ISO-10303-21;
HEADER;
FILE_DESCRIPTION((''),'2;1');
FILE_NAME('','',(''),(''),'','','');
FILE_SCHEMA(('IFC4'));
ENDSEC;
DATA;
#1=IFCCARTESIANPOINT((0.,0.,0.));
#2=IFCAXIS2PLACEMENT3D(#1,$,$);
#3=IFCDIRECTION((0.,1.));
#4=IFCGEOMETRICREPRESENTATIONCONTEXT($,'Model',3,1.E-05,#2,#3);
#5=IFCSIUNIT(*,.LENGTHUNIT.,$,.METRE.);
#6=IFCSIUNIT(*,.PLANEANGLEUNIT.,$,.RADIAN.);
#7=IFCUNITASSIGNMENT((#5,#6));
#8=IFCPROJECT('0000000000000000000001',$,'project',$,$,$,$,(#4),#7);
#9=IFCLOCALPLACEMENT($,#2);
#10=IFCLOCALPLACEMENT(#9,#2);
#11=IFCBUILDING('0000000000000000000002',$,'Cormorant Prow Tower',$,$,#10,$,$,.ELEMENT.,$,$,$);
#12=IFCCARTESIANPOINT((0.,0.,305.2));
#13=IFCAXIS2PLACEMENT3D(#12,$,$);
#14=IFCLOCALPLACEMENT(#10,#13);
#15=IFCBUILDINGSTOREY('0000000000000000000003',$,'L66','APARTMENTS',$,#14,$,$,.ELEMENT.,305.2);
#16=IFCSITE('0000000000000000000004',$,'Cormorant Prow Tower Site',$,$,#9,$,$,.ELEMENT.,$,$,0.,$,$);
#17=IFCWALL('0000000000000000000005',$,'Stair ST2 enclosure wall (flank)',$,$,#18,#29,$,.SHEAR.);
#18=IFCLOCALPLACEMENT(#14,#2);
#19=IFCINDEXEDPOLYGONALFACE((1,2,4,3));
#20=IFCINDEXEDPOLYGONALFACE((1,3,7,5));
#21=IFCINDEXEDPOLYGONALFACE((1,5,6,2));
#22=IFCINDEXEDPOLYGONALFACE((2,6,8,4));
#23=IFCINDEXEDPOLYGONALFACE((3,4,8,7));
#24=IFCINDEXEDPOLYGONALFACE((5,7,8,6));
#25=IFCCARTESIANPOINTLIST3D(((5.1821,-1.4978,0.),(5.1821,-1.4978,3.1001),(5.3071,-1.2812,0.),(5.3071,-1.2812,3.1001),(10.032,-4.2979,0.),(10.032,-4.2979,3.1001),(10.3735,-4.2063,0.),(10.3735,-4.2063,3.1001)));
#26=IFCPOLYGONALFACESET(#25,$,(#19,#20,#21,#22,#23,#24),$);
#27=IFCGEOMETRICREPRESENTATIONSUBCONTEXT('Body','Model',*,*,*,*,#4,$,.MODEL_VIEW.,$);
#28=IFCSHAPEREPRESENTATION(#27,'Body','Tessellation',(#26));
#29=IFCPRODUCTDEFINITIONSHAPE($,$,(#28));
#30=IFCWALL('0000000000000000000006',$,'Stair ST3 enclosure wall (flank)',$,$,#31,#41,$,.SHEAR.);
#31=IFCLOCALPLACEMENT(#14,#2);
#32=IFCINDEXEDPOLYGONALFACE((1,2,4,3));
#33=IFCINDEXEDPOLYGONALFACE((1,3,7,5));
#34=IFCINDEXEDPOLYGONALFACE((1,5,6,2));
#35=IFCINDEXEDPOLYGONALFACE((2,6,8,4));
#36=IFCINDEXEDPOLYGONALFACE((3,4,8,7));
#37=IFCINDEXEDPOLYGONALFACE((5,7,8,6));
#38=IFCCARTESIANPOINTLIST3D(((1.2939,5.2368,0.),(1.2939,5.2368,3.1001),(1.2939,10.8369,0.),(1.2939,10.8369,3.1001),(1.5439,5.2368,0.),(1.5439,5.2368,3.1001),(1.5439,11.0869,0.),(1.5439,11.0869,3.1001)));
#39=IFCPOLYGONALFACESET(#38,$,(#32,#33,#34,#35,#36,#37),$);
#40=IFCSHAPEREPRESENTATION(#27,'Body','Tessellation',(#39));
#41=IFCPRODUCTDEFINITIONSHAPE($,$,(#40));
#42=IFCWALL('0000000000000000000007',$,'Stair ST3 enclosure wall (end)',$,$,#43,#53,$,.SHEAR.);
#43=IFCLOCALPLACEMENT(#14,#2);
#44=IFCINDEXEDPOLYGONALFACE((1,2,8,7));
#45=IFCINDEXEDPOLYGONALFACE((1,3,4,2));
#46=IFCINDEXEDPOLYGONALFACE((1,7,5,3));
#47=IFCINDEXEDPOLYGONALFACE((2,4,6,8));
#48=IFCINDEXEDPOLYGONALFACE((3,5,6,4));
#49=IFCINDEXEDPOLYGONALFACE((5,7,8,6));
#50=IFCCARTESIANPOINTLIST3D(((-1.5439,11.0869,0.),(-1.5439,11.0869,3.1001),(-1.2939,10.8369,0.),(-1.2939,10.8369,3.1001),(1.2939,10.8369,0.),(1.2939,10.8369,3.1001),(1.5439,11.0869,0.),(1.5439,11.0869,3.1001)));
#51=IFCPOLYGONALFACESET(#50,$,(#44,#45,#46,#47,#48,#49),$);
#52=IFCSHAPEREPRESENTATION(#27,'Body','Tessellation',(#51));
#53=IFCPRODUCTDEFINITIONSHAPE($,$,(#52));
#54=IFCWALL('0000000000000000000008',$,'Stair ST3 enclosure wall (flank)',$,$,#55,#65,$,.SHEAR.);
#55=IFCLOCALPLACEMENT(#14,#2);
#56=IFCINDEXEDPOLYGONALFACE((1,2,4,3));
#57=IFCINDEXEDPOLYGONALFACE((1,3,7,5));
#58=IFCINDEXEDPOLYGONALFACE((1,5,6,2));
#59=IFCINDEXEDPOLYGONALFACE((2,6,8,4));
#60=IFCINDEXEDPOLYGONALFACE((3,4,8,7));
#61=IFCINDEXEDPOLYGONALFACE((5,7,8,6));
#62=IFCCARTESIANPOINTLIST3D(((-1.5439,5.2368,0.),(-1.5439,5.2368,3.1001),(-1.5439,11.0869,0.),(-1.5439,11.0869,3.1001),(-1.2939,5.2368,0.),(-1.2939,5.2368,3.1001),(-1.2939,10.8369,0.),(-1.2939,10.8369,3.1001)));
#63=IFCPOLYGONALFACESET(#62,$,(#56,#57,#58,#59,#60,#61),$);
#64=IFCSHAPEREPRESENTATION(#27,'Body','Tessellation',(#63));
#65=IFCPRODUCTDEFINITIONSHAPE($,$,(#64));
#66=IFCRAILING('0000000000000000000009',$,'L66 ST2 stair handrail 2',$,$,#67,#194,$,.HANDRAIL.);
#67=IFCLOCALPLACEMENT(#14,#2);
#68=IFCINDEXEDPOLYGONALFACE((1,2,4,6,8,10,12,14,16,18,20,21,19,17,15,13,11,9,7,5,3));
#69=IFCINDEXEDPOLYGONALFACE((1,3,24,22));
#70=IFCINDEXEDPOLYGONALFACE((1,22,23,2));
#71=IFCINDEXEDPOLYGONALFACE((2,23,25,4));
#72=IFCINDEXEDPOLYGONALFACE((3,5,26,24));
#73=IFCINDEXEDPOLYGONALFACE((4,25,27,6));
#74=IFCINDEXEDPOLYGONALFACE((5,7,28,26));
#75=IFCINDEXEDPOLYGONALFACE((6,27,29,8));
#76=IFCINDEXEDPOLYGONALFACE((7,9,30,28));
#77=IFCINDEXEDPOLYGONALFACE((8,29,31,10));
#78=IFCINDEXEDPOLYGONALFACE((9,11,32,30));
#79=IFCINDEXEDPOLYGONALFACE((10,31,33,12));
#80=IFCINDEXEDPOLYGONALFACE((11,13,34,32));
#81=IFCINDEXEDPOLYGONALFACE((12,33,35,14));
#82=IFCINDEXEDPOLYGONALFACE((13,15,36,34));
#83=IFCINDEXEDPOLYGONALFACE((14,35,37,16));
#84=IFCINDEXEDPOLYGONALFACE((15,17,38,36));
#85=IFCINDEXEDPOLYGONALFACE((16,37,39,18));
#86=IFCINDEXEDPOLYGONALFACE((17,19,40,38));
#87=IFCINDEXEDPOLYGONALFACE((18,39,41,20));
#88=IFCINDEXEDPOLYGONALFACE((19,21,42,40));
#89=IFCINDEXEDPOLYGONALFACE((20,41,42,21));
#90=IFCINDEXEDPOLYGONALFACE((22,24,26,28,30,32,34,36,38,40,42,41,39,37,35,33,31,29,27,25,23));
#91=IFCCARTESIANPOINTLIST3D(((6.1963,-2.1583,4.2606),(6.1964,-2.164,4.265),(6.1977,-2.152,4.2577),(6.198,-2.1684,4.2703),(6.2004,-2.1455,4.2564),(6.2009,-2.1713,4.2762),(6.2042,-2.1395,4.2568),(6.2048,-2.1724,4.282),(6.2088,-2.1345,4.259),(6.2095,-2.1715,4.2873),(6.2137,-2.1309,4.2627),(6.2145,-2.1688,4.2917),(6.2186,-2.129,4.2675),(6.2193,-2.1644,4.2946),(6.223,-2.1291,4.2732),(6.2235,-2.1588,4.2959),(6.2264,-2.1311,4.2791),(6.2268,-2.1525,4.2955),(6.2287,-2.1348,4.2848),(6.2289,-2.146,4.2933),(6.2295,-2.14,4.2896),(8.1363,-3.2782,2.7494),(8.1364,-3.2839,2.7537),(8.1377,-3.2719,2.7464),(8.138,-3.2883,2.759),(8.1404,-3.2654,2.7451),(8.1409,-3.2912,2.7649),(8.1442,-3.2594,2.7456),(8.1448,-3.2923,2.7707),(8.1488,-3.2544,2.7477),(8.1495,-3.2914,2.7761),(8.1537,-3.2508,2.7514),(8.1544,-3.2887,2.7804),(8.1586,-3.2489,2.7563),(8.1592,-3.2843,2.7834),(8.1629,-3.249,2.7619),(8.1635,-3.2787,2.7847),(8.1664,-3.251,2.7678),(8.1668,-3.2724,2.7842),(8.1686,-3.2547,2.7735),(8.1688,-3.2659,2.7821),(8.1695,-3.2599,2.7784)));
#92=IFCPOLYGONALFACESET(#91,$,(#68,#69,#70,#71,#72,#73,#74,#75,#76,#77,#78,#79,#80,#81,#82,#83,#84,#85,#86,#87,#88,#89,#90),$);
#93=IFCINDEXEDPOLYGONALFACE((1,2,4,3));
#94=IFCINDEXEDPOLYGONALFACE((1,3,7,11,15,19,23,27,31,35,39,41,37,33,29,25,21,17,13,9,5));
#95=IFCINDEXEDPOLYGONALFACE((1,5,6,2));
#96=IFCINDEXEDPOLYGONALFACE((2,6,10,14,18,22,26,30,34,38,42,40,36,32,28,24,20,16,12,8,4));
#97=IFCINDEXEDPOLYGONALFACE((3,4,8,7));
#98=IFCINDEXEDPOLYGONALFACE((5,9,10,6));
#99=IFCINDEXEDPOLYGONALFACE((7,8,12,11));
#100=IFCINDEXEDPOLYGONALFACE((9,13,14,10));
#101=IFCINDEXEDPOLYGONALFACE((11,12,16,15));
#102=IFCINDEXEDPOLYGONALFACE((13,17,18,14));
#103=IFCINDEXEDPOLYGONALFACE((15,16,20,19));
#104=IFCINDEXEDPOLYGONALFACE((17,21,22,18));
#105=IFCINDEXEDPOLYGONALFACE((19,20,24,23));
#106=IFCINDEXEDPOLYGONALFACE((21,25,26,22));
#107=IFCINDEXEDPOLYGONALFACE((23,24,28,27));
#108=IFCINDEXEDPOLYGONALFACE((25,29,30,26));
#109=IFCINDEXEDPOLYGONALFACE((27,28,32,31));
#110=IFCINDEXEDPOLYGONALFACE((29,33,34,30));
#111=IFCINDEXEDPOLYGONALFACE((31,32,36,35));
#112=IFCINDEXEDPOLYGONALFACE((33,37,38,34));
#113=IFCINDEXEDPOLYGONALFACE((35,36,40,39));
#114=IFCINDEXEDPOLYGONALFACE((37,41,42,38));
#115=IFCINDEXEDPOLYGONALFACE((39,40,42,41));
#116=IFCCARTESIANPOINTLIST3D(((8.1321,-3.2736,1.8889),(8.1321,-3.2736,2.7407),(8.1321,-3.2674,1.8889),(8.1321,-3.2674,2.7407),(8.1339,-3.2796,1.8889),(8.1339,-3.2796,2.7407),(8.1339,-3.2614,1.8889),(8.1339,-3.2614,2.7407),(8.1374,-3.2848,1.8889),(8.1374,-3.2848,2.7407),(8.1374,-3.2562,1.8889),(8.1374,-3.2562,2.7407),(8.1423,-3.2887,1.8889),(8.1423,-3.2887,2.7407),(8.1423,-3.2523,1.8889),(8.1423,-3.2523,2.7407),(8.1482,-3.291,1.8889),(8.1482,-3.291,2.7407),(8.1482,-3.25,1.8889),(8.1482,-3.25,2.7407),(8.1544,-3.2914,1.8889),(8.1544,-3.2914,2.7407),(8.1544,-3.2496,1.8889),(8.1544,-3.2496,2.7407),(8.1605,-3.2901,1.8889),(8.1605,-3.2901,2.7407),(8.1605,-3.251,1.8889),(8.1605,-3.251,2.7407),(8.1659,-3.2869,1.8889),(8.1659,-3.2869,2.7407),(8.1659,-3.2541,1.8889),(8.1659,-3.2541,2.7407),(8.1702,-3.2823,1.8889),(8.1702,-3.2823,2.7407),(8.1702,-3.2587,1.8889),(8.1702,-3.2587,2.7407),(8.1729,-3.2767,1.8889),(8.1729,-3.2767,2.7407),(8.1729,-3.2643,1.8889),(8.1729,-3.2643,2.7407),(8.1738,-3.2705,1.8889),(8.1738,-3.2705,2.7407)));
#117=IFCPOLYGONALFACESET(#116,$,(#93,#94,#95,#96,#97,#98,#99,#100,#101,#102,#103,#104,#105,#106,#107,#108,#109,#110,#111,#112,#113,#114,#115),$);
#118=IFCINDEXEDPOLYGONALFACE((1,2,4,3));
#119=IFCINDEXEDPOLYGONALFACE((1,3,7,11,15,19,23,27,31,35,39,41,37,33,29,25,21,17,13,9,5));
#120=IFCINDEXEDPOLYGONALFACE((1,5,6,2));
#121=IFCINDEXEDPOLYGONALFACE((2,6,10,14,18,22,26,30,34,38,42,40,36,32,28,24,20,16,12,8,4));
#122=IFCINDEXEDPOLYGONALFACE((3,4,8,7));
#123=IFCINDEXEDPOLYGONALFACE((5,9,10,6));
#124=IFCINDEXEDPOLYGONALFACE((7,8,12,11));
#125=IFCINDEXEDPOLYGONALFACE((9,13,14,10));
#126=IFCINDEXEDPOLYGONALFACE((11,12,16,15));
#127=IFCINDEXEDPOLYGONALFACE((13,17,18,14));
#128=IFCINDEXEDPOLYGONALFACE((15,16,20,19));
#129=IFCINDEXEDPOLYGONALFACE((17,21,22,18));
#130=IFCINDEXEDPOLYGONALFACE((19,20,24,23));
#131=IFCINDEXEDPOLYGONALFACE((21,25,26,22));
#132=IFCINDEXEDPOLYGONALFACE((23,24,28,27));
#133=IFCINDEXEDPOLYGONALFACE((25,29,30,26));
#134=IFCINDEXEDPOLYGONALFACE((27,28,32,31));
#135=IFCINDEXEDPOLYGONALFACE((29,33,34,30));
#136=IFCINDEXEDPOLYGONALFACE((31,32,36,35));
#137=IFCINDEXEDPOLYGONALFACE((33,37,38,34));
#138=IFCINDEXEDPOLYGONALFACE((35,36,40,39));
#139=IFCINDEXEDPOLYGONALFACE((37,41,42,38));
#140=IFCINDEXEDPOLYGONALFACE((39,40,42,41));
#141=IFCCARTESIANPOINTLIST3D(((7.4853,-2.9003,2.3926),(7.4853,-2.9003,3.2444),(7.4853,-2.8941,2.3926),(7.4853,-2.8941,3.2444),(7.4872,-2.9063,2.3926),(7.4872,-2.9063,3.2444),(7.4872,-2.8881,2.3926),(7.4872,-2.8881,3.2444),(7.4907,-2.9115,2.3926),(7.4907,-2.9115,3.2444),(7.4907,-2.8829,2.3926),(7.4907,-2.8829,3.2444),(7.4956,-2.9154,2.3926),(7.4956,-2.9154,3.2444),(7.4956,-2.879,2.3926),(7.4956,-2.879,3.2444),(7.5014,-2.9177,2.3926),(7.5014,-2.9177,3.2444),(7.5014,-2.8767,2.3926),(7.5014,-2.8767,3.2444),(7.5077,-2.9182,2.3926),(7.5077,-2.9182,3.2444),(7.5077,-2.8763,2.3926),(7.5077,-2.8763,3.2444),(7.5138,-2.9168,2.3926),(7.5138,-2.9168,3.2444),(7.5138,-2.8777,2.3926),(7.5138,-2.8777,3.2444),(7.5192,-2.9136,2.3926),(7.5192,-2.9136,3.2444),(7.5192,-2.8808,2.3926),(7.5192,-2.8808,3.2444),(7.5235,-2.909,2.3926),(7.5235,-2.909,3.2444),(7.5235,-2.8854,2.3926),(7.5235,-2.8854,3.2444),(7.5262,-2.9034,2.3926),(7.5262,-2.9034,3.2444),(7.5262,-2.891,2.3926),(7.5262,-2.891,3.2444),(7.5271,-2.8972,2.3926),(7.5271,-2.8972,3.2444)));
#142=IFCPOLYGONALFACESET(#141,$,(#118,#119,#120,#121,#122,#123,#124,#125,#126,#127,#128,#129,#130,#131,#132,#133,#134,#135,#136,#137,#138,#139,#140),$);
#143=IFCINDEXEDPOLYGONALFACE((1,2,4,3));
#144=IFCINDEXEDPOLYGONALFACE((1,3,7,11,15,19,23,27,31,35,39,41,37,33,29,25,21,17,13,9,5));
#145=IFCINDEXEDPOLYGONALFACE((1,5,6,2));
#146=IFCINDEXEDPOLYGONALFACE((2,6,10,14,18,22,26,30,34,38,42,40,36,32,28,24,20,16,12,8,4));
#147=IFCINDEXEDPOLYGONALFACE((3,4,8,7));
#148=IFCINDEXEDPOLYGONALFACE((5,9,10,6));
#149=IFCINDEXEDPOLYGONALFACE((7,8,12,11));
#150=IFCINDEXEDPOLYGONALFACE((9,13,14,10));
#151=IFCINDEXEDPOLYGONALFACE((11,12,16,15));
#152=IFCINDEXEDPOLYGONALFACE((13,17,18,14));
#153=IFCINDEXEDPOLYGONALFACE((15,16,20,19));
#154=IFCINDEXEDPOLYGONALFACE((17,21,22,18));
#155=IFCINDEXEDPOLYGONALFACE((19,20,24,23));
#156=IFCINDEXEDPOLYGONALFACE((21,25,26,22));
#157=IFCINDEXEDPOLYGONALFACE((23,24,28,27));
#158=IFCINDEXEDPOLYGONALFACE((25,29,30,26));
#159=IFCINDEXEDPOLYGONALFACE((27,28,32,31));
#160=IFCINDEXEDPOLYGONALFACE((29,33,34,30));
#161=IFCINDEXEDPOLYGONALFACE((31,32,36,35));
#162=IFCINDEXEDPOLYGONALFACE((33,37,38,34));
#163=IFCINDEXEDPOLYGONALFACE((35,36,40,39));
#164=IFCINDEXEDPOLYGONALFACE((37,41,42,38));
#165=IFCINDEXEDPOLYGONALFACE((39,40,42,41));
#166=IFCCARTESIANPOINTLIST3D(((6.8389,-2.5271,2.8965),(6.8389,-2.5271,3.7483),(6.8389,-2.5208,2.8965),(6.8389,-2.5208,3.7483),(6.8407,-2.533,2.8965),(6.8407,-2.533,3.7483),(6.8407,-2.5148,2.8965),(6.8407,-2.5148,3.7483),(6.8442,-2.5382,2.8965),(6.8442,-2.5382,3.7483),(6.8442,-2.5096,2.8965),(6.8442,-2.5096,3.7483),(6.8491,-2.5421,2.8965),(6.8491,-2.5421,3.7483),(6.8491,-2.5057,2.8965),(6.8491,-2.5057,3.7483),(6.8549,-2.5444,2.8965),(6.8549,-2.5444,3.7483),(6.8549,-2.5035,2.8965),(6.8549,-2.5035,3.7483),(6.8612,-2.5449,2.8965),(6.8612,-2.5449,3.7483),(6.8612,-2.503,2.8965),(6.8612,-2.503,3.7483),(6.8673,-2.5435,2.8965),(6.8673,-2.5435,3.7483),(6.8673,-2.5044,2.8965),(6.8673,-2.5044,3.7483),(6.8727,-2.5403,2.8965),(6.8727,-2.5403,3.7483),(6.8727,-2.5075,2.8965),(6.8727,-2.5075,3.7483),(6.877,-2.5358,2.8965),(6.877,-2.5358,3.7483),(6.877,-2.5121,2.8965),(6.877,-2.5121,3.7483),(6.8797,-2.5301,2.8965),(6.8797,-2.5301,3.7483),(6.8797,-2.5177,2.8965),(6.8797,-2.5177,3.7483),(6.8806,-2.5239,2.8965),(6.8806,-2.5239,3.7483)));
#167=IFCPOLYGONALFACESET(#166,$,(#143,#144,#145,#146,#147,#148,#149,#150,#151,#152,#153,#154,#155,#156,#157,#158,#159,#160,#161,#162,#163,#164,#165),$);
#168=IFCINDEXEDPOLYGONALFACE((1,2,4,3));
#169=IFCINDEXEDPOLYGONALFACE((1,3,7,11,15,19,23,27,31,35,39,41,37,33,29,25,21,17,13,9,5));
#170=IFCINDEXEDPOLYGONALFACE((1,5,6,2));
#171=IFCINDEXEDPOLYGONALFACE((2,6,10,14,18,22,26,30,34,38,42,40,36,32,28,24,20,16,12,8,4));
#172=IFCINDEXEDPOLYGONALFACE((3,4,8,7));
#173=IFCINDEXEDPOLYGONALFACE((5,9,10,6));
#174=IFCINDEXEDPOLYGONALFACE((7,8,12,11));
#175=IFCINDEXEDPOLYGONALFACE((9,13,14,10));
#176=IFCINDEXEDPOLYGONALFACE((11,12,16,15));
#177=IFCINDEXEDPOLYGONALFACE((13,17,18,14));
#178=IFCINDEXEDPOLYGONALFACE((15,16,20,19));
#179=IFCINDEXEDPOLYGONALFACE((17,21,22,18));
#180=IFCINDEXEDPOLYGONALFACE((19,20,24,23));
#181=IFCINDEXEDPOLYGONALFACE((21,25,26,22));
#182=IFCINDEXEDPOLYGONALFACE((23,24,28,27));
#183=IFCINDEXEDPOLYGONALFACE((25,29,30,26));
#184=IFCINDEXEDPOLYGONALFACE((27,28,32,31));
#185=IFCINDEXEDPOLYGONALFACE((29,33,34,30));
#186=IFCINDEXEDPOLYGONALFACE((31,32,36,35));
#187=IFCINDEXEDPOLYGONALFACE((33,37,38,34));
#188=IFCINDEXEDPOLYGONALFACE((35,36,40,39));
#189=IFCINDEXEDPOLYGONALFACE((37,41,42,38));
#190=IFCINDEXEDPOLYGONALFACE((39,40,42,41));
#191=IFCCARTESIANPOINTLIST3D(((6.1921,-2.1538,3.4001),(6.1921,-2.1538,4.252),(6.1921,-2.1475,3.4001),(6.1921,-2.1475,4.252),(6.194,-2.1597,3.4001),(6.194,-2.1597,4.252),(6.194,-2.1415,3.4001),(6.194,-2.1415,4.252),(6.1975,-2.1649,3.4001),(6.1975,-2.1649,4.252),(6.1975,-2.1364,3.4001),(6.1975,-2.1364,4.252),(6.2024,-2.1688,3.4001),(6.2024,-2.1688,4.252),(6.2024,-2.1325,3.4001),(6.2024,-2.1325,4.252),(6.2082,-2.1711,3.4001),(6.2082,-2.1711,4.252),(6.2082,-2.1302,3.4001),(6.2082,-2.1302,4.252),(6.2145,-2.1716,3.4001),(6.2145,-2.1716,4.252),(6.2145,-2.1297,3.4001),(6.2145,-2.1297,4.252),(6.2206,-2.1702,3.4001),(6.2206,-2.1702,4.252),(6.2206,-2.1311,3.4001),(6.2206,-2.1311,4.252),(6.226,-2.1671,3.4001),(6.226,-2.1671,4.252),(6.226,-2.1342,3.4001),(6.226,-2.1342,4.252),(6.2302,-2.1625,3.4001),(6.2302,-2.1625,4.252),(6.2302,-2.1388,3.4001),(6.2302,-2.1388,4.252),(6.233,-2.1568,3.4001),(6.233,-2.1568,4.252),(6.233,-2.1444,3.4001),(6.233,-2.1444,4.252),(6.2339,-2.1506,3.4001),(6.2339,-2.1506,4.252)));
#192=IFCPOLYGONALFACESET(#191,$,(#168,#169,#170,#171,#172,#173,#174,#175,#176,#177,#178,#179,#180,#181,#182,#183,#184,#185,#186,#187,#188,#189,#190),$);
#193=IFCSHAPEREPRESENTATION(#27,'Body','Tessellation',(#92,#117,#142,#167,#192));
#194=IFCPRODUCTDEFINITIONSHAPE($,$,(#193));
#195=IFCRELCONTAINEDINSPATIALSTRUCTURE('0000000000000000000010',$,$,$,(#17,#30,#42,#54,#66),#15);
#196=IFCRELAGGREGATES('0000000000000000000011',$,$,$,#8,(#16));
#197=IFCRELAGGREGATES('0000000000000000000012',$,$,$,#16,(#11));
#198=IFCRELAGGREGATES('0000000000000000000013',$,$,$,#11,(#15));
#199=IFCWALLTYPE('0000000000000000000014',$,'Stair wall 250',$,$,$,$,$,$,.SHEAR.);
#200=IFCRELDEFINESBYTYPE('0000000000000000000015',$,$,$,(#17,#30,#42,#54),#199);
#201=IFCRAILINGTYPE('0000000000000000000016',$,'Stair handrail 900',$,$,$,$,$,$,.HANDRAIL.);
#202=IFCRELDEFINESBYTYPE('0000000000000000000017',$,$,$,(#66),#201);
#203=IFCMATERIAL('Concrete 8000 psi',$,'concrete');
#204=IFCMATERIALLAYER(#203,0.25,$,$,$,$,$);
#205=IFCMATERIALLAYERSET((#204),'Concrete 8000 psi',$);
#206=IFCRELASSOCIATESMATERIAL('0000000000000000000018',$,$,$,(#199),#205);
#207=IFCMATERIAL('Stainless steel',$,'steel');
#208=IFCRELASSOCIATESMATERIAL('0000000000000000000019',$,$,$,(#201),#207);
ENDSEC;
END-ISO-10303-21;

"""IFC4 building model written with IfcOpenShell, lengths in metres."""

from ifc_helpers import new_model, si_unit, direction, frame, origin, origin_2d, place, context, subcontext, project, spatial, polyline, circle, outline, extrude, material, layer, layer_set, type_object, element, save


model = new_model("IFC4")

# Units and contexts
model_context = context("Model", 3, precision=1e-05, world=origin(), true_north=direction((0.0, 1.0)))
body_context = subcontext(model_context, "Body", "Model", "MODEL_VIEW")
ifc_project = project(units=[si_unit("LENGTHUNIT", "METRE"), si_unit("PLANEANGLEUNIT", "RADIAN")], contexts=[model_context])

# Site, building, storey
site_placement = place(None, origin())
site = spatial("IfcSite", under=ifc_project, at=site_placement, Name="Cormorant Prow Tower Site", CompositionType="ELEMENT", RefElevation=0.0)
building_placement = place(site_placement, origin())
building = spatial("IfcBuilding", under=site, at=building_placement, Name="Cormorant Prow Tower", CompositionType="ELEMENT")
storey_placement = place(building_placement, frame((0.0, 0.0, 305.2)))
storey = spatial("IfcBuildingStorey", under=building, at=storey_placement, Name="L66", Description="APARTMENTS", CompositionType="ELEMENT", Elevation=305.2)

# Walls
ifc_material_1 = material(Name="Concrete 8000 psi", Category="concrete")
ifc_layer_1 = layer(ifc_material_1, 0.25)
ifc_layer_set_1 = layer_set([ifc_layer_1], Name="Concrete 8000 psi")
wall_type_1 = type_object("IfcWallType", Name="Stair wall 250", PredefinedType="SHEAR", material=ifc_layer_set_1)
wall_1_placement = place(storey_placement, origin())
element("IfcWall", 1, at=wall_1_placement, inside=storey, type_object=wall_type_1, Name="Stair ST2 enclosure wall (flank)", PredefinedType="SHEAR", context=body_context, shape_type="SweptSolid", body=[
    extrude(outline(polyline([(10.032, -4.2979), (10.3735, -4.2063), (5.3071, -1.2812), (5.1821, -1.4978), (10.032, -4.2979)])), origin(), (0.0, 0.0, 1.0), 3.1001),
])
wall_2_placement = place(storey_placement, origin())
element("IfcWall", 2, at=wall_2_placement, inside=storey, type_object=wall_type_1, Name="Stair ST3 enclosure wall (flank)", PredefinedType="SHEAR", context=body_context, shape_type="SweptSolid", body=[
    extrude(outline(polyline([(1.5439, 5.2368), (1.5439, 11.0869), (1.2939, 10.8369), (1.2939, 5.2368), (1.5439, 5.2368)])), origin(), (0.0, 0.0, 1.0), 3.1001),
])
wall_3_placement = place(storey_placement, origin())
element("IfcWall", 3, at=wall_3_placement, inside=storey, type_object=wall_type_1, Name="Stair ST3 enclosure wall (end)", PredefinedType="SHEAR", context=body_context, shape_type="SweptSolid", body=[
    extrude(outline(polyline([(1.5439, 11.0869), (-1.5439, 11.0869), (-1.2939, 10.8369), (1.2939, 10.8369), (1.5439, 11.0869)])), origin(), (0.0, 0.0, 1.0), 3.1001),
])
wall_4_placement = place(storey_placement, origin())
element("IfcWall", 4, at=wall_4_placement, inside=storey, type_object=wall_type_1, Name="Stair ST3 enclosure wall (flank)", PredefinedType="SHEAR", context=body_context, shape_type="SweptSolid", body=[
    extrude(outline(polyline([(-1.2939, 10.8369), (-1.5439, 11.0869), (-1.5439, 5.2368), (-1.2939, 5.2368), (-1.2939, 10.8369)])), origin(), (0.0, 0.0, 1.0), 3.1001),
])

# Railing
ifc_material_2 = material(Name="Stainless steel", Category="steel")
railing_type_1 = type_object("IfcRailingType", Name="Stair handrail 900", PredefinedType="HANDRAIL", material=ifc_material_2)
railing_1_placement = place(storey_placement, frame((8.1528, -3.2705, 1.8889)))
element("IfcRailing", 5, at=railing_1_placement, inside=storey, type_object=railing_type_1, Name="L66 ST2 stair handrail 2", PredefinedType="HANDRAIL", context=body_context, shape_type="SweptSolid", body=[
    extrude(circle(Radius=0.0239, at=origin_2d()), frame((0.0, 0.0, 0.876), z_axis=(-0.71794, 0.414447, 0.559281), x_axis=(-0.499949, -0.866055, 0.0)), (0.0, 0.0, 1.0), 2.7021),
    extrude(circle(Radius=0.021, at=origin_2d()), origin(), (0.0, 0.0, 1.0), 0.8518),
    extrude(circle(Radius=0.021, at=origin_2d()), frame((-0.6467, 0.3733, 0.5037)), (0.0, 0.0, 1.0), 0.8518),
    extrude(circle(Radius=0.021, at=origin_2d()), frame((-1.2932, 0.7466, 1.0076)), (0.0, 0.0, 1.0), 0.8518),
    extrude(circle(Radius=0.021, at=origin_2d()), frame((-1.9399, 1.1199, 1.5112)), (0.0, 0.0, 1.0), 0.8518),
])

save(model, "model.ifc")
